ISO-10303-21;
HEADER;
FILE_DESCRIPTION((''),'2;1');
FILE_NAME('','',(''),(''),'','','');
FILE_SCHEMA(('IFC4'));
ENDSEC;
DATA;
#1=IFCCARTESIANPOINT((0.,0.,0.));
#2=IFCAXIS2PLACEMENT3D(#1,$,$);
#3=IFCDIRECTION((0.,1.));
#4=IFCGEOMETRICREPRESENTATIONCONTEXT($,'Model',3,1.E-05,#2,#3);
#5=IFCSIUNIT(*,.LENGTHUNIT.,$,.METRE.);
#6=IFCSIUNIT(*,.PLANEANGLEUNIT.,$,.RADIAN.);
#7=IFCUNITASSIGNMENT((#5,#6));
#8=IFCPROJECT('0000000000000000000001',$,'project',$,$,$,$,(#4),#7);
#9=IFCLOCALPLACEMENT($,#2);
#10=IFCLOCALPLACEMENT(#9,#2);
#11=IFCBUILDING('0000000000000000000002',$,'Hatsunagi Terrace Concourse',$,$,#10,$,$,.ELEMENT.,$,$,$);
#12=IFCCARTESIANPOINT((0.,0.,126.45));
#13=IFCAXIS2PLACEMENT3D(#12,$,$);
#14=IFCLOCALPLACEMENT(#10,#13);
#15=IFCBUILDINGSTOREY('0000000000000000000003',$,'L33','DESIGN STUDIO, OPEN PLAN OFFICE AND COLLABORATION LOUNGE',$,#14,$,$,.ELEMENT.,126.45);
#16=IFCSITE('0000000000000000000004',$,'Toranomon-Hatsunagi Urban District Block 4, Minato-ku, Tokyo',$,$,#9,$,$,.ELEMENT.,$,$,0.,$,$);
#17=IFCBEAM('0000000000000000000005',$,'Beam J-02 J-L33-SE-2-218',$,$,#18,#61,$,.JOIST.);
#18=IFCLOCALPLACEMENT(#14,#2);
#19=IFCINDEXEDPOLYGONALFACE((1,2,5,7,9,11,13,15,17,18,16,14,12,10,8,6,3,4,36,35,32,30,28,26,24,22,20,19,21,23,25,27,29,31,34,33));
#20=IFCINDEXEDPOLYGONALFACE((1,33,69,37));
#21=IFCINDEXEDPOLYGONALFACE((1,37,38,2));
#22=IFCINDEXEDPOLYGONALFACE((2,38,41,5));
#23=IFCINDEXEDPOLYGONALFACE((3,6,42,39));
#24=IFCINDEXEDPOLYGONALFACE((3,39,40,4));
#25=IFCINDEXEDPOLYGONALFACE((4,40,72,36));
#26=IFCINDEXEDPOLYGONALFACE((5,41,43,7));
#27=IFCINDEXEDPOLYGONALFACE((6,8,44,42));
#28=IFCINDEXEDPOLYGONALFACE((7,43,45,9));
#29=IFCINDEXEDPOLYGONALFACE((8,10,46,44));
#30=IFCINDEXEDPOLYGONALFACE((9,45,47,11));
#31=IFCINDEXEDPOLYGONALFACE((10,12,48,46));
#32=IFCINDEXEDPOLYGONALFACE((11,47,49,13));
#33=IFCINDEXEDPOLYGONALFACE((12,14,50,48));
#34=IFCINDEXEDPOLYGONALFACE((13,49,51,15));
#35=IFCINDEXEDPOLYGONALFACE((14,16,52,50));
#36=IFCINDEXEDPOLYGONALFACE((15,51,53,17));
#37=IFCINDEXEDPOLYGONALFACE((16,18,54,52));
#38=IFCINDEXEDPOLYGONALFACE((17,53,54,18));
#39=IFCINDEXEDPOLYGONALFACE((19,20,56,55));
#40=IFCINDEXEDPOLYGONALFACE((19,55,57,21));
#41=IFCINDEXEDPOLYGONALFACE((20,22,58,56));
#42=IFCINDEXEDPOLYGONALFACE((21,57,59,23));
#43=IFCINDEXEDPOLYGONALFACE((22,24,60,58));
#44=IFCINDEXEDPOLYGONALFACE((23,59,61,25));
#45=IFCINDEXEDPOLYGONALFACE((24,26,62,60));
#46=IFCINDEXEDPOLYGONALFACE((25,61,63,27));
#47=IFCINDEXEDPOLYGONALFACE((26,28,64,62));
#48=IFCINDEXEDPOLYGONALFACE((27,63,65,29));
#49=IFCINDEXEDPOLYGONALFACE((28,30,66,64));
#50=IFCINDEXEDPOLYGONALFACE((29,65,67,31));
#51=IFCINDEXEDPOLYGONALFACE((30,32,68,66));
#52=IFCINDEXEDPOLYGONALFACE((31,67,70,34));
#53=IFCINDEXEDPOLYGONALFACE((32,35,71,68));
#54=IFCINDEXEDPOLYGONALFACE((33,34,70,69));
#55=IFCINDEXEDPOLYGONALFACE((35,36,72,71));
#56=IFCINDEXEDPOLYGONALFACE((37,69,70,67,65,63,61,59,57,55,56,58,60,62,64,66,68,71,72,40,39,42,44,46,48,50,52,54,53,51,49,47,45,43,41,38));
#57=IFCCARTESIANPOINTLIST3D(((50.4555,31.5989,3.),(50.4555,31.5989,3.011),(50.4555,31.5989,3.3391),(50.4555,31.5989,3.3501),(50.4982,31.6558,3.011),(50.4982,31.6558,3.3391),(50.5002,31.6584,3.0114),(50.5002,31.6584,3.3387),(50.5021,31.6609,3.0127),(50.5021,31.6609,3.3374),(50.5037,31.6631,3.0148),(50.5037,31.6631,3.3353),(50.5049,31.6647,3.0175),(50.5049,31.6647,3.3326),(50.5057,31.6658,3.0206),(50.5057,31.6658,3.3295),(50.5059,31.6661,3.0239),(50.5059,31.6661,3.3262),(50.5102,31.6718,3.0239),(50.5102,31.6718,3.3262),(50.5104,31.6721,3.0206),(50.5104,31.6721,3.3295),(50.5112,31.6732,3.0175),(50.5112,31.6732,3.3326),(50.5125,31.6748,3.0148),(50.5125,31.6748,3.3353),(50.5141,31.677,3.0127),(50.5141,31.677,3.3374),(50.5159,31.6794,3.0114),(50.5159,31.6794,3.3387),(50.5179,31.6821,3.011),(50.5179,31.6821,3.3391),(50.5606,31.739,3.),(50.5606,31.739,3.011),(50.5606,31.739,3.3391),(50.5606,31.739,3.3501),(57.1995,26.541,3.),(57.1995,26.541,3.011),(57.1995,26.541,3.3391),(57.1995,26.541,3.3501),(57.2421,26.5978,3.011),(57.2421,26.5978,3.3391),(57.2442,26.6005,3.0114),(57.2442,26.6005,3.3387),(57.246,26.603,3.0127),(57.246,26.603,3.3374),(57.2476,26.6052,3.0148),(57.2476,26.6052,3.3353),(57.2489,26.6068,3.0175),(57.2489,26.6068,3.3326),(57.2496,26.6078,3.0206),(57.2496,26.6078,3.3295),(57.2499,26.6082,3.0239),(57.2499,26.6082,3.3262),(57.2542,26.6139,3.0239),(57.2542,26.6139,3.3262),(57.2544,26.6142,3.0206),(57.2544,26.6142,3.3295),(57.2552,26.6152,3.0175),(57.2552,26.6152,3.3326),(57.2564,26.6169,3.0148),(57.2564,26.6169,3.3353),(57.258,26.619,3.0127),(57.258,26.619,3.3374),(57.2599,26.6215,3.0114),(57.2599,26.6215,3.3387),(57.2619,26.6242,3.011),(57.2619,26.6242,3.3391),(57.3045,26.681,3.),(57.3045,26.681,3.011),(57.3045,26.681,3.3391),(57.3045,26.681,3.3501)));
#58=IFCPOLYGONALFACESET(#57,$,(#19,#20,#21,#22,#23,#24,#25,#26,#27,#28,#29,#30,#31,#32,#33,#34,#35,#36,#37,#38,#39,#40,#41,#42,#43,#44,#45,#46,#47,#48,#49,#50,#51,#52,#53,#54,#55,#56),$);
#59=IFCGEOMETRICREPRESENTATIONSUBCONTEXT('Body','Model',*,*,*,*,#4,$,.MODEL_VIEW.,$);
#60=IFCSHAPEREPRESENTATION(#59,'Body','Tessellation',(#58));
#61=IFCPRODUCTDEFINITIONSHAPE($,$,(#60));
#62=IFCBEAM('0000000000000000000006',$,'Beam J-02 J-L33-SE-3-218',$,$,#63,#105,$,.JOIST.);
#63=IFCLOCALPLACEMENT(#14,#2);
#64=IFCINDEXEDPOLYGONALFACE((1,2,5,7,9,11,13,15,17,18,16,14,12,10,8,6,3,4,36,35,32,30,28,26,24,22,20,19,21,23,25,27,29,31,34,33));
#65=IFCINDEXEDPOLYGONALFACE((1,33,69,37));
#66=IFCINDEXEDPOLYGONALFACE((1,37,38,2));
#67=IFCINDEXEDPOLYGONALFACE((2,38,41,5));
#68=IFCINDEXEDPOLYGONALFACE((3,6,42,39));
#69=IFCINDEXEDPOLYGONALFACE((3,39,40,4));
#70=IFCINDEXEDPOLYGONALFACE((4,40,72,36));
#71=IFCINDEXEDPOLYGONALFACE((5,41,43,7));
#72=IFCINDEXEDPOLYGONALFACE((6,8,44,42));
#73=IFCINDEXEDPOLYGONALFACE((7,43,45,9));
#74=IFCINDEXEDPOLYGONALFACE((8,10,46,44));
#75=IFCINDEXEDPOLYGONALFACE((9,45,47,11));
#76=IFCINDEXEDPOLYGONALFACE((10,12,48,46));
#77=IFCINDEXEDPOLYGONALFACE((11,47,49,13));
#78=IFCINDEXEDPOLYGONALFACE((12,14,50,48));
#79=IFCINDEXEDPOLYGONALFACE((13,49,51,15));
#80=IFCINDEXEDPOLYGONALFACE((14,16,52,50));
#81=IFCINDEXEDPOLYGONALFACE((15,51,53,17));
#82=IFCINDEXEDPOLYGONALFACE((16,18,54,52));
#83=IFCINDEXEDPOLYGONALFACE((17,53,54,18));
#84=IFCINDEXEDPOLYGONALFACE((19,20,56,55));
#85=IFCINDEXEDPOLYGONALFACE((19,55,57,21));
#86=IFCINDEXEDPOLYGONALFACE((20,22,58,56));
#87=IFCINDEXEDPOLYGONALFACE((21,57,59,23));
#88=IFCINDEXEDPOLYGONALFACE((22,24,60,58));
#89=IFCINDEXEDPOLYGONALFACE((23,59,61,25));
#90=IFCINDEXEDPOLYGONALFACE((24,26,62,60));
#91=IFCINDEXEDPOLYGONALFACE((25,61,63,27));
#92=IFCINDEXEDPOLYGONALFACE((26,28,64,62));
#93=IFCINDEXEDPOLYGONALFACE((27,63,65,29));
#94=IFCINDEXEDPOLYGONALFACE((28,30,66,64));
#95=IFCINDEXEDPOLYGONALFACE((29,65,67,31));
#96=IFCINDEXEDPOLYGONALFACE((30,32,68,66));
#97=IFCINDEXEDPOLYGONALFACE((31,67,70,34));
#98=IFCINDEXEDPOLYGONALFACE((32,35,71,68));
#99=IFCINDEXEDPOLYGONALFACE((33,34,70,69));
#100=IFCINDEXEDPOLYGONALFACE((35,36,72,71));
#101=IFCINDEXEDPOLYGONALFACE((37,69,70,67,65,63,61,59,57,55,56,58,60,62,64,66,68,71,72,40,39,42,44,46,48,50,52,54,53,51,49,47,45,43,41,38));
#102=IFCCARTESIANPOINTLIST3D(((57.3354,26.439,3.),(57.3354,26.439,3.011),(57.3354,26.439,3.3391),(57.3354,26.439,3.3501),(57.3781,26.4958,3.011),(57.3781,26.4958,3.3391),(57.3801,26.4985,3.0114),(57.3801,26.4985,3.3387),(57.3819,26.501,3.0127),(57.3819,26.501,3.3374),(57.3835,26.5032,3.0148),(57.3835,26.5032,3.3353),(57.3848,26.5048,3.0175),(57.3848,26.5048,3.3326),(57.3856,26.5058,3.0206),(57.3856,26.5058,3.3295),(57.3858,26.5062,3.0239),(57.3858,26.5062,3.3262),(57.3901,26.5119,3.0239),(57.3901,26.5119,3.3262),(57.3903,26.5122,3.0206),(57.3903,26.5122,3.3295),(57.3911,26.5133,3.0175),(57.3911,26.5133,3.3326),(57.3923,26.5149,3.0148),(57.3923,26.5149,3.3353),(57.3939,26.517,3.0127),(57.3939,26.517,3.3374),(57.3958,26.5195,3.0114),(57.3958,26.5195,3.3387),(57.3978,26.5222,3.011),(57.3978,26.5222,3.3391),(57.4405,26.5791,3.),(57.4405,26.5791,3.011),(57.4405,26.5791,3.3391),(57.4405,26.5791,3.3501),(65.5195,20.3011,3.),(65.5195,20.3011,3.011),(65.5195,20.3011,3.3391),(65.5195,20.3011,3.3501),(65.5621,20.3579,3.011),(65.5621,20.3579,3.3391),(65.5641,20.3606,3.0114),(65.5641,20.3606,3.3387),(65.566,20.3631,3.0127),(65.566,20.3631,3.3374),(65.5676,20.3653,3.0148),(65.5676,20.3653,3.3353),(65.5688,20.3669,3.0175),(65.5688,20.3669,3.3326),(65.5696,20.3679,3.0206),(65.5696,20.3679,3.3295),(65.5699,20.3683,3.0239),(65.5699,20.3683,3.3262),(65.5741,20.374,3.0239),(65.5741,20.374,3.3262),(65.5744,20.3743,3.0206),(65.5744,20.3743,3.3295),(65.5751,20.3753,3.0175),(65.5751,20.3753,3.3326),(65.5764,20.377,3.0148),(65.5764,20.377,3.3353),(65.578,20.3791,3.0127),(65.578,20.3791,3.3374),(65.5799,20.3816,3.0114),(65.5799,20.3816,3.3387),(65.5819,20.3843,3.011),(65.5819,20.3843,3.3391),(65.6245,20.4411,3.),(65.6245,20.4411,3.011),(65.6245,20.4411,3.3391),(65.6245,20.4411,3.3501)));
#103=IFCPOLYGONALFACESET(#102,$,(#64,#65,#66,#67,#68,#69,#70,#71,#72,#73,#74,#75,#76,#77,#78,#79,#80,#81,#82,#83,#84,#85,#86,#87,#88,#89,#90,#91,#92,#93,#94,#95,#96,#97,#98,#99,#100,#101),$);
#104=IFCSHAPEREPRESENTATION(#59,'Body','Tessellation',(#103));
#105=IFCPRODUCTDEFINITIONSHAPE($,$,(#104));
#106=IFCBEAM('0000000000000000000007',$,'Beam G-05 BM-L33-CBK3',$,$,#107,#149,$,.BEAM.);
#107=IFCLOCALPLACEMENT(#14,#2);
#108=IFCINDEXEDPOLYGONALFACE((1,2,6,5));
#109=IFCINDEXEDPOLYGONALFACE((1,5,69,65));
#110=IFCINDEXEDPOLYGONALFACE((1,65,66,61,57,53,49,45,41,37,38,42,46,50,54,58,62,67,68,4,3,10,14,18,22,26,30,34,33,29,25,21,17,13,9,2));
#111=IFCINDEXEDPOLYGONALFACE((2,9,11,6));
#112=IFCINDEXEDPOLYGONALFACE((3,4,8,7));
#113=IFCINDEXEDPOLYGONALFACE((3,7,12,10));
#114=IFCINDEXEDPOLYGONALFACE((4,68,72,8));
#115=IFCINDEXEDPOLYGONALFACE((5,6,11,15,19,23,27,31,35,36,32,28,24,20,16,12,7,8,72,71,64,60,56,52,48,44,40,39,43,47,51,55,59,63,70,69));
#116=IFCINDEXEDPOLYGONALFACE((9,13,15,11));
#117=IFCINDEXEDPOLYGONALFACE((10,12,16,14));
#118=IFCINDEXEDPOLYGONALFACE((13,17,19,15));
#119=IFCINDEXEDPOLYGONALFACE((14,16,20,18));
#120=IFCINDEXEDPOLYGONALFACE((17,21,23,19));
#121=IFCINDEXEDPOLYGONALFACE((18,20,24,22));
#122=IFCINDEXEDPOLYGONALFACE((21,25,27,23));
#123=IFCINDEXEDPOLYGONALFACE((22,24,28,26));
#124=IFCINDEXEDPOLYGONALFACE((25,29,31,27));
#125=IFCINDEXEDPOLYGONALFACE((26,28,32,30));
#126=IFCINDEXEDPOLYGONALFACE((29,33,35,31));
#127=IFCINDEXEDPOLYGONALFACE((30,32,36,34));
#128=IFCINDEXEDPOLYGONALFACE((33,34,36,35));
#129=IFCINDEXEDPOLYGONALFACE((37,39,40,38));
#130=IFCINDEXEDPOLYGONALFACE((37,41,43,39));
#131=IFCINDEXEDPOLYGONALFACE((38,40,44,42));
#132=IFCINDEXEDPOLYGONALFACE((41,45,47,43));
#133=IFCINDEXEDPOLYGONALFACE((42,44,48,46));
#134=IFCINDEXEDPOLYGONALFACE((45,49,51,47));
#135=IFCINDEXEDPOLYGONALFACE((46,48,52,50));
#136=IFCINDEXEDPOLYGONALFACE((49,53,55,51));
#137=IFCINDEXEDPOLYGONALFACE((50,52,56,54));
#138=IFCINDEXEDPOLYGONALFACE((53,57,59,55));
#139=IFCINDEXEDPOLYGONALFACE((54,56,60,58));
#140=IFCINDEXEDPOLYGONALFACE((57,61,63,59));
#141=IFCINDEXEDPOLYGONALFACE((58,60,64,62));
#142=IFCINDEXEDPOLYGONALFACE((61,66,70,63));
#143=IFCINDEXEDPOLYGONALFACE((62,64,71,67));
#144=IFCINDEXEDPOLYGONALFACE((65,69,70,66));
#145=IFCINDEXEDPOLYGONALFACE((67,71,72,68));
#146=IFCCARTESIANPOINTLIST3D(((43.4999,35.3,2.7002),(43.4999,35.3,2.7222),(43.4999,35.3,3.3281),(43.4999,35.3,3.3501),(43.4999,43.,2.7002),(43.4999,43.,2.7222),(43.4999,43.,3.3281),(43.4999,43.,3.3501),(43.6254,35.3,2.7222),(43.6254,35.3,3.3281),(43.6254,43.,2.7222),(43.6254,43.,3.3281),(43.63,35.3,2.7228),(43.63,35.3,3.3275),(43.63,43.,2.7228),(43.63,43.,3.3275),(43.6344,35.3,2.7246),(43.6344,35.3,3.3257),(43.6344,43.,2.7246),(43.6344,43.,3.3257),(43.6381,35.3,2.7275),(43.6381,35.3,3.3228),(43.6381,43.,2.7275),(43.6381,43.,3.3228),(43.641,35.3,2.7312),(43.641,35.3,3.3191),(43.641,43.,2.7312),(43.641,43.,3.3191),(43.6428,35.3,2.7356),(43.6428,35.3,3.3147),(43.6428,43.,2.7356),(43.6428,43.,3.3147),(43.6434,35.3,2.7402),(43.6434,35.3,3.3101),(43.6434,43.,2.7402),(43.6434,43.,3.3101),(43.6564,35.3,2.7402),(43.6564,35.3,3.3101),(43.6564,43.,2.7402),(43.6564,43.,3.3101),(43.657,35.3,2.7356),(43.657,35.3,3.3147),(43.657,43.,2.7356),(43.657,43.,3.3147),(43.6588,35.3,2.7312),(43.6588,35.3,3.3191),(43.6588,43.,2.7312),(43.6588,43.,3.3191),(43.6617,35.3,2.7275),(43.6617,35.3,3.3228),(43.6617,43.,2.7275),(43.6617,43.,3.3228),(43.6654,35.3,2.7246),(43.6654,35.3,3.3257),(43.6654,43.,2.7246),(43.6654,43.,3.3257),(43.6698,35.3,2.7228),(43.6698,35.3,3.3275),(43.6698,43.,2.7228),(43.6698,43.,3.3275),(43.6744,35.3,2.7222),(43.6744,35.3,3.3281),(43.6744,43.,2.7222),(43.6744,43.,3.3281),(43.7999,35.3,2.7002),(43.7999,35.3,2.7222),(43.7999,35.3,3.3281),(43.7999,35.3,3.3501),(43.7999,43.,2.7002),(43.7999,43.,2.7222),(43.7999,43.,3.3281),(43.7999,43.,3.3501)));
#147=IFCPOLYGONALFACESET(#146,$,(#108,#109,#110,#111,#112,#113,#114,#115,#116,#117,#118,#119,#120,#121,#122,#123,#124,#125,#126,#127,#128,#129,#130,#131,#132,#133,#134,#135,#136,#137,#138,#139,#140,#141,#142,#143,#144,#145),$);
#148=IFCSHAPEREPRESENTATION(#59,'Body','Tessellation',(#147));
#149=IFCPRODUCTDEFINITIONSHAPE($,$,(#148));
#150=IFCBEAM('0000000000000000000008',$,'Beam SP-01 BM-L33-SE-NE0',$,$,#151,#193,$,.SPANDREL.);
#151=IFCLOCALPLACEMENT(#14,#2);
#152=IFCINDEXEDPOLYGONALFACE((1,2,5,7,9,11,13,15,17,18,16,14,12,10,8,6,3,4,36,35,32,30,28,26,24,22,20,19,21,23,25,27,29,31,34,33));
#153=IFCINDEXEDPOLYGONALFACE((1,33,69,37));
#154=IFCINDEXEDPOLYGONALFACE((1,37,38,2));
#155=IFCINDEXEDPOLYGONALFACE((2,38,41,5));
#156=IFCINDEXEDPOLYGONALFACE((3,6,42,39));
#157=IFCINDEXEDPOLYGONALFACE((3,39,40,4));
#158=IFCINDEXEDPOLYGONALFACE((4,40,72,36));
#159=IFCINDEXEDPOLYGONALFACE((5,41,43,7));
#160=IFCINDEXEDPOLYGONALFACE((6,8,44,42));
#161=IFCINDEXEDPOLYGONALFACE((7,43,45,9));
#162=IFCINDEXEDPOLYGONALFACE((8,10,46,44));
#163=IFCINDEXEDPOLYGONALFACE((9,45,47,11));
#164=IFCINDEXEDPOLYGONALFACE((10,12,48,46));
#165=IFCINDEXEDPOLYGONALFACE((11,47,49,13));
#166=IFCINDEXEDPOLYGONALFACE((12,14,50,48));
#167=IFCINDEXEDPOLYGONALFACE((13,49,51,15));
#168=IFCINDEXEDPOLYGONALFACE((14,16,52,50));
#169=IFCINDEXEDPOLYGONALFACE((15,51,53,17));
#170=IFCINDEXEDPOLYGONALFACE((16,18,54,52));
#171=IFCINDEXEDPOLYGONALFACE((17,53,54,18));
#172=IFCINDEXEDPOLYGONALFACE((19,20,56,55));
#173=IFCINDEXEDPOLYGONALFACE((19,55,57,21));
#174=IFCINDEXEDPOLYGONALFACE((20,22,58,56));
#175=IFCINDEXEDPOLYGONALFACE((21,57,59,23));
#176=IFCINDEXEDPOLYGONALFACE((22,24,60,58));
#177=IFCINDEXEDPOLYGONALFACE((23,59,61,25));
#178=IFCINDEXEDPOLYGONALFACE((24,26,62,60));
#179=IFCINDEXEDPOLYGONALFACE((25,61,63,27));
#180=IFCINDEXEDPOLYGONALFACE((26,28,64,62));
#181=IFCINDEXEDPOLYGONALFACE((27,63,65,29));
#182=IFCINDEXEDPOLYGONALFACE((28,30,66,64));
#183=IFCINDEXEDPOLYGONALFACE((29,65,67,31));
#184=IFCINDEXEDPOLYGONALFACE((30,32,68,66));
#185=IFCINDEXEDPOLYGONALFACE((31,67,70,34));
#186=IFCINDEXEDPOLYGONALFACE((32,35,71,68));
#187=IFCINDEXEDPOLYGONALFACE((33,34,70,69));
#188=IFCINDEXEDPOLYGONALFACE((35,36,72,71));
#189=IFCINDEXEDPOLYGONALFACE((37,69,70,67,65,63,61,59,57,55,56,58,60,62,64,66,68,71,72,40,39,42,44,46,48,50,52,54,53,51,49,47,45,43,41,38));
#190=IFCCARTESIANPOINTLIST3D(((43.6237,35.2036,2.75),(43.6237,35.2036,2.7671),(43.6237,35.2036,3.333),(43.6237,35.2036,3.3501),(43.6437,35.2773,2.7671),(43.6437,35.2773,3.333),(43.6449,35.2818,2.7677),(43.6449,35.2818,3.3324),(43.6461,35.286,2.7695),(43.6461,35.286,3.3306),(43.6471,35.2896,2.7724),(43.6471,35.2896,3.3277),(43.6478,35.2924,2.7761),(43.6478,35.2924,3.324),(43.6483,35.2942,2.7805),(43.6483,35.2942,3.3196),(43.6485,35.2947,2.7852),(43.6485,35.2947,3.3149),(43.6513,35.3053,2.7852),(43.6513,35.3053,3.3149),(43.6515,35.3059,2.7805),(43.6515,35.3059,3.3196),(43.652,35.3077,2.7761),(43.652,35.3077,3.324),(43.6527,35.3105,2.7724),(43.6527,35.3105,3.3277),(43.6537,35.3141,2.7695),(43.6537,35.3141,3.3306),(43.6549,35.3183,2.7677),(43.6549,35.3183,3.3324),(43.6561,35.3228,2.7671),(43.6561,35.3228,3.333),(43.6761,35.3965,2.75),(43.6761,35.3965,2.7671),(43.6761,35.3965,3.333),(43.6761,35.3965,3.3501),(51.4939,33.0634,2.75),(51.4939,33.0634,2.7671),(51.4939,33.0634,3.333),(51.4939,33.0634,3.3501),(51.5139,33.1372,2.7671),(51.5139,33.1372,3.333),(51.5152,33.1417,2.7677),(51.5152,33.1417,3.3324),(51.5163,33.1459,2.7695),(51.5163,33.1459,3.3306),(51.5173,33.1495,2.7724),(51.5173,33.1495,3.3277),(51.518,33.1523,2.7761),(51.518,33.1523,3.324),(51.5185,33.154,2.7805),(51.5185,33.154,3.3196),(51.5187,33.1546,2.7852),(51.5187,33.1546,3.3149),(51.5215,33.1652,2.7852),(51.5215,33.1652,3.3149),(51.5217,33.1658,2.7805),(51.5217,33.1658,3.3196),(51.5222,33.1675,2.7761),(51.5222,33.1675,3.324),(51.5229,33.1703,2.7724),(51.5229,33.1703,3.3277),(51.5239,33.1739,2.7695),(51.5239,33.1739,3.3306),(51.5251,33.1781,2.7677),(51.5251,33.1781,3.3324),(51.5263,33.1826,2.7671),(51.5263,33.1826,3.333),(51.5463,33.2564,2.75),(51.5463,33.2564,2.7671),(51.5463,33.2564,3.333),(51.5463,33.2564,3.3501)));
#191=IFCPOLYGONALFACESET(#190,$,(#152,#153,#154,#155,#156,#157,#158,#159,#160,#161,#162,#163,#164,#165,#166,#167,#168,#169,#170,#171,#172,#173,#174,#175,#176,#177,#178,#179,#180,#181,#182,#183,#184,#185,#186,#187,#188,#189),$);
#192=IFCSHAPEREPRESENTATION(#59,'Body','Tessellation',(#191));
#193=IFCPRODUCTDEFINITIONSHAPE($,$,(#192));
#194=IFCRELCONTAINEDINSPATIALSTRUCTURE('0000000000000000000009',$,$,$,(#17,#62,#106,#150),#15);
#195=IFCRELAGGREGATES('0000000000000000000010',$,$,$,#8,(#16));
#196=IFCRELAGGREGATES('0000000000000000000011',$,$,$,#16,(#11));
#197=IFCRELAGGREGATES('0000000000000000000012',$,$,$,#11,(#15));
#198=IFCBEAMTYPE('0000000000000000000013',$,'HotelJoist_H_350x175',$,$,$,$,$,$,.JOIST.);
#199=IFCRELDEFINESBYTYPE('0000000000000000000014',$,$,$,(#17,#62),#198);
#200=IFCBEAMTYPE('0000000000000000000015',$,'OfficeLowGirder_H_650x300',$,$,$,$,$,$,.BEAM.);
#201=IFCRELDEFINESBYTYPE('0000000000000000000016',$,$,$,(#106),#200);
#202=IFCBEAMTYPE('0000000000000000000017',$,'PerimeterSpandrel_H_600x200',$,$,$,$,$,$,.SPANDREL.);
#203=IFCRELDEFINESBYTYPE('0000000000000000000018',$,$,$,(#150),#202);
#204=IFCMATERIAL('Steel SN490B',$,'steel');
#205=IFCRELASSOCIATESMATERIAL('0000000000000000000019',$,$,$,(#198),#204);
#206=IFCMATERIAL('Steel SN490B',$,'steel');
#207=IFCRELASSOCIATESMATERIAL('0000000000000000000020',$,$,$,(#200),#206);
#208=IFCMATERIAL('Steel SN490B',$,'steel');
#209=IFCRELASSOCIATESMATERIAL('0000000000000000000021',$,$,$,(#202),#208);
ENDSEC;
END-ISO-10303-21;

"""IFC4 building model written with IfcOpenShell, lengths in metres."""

from ifc_helpers import new_model, si_unit, direction, frame, origin, origin_2d, place, context, subcontext, project, spatial, i_section, extrude, material, material_profile, profile_set, type_object, element, save


model = new_model("IFC4")

# Units and contexts
model_context = context("Model", 3, precision=1e-05, world=origin(), true_north=direction((0.0, 1.0)))
body_context = subcontext(model_context, "Body", "Model", "MODEL_VIEW")
ifc_project = project(units=[si_unit("LENGTHUNIT", "METRE"), si_unit("PLANEANGLEUNIT", "RADIAN")], contexts=[model_context])

# Site, building, storey
site_placement = place(None, origin())
site = spatial("IfcSite", under=ifc_project, at=site_placement, Name="Toranomon-Hatsunagi Urban District Block 4, Minato-ku, Tokyo", CompositionType="ELEMENT", RefElevation=0.0)
building_placement = place(site_placement, origin())
building = spatial("IfcBuilding", under=site, at=building_placement, Name="Hatsunagi Terrace Concourse", CompositionType="ELEMENT")
storey_placement = place(building_placement, frame((0.0, 0.0, 126.45)))
storey = spatial("IfcBuildingStorey", under=building, at=storey_placement, Name="L33", Description="DESIGN STUDIO, OPEN PLAN OFFICE AND COLLABORATION LOUNGE", CompositionType="ELEMENT", Elevation=126.45)

# Beams
ifc_material_1 = material(Name="Steel SN490B", Category="steel")
ifc_material_profile_1 = material_profile(ifc_material_1, i_section(OverallWidth=0.175, OverallDepth=0.3501, WebThickness=0.0071, FlangeThickness=0.011, FilletRadius=0.0129, at=origin_2d()), Name="H-350x175x7x11")
ifc_profile_set_1 = profile_set([ifc_material_profile_1], Name="Steel SN490B")
beam_type_1 = type_object("IfcBeamType", Name="HotelJoist_H_350x175", PredefinedType="JOIST", material=ifc_profile_set_1)
for number, where, z_axis, x_axis, name in (
    (1, (50.5081, 31.6689, 3.175), (0.800003, -0.599995, 0.0), (0.599995, 0.800003, 0.0), "Beam J-02 J-L33-SE-2-218"),
):
    element("IfcBeam", number, at=place(storey_placement, frame(where, z_axis=z_axis, x_axis=x_axis)), inside=storey, type_object=beam_type_1, Name=name, PredefinedType="JOIST", context=body_context, shape_type="SweptSolid", body=[
        extrude(i_section(OverallWidth=0.175, OverallDepth=0.3501, WebThickness=0.0071, FlangeThickness=0.011, FilletRadius=0.0129, at=origin_2d()), origin(), (0.0, 0.0, 1.0), 8.4299),
    ])
beam_1_placement = place(storey_placement, frame((57.3879, 26.509, 3.175), z_axis=(0.800006, -0.599992, 0.0), x_axis=(0.599992, 0.800006, 0.0)))
element("IfcBeam", 2, at=beam_1_placement, inside=storey, type_object=beam_type_1, Name="Beam J-02 J-L33-SE-3-218", PredefinedType="JOIST", context=body_context, shape_type="SweptSolid", body=[
    extrude(i_section(OverallWidth=0.175, OverallDepth=0.3501, WebThickness=0.0071, FlangeThickness=0.011, FilletRadius=0.0129, at=origin_2d()), origin(), (0.0, 0.0, 1.0), 10.23),
])
ifc_material_2 = material(Name="Steel SN490B", Category="steel")
ifc_material_profile_2 = material_profile(ifc_material_2, i_section(OverallWidth=0.3, OverallDepth=0.6499, WebThickness=0.0129, FlangeThickness=0.022, FilletRadius=0.0181, at=origin_2d()), Name="H-650x300x13x22")
ifc_profile_set_2 = profile_set([ifc_material_profile_2], Name="Steel SN490B")
beam_type_2 = type_object("IfcBeamType", Name="OfficeLowGirder_H_650x300", PredefinedType="BEAM", material=ifc_profile_set_2)
beam_2_placement = place(storey_placement, frame((43.6499, 35.3, 3.0251), z_axis=(0.0, 1.0, 0.0), x_axis=(-1.0, 0.0, 0.0)))
element("IfcBeam", 3, at=beam_2_placement, inside=storey, type_object=beam_type_2, Name="Beam G-05 BM-L33-CBK3", PredefinedType="BEAM", context=body_context, shape_type="SweptSolid", body=[
    extrude(i_section(OverallWidth=0.3, OverallDepth=0.6499, WebThickness=0.0129, FlangeThickness=0.022, FilletRadius=0.0181, at=origin_2d()), origin(), (0.0, 0.0, 1.0), 7.7),
])
ifc_material_3 = material(Name="Steel SN490B", Category="steel")
ifc_material_profile_3 = material_profile(ifc_material_3, i_section(OverallWidth=0.2, OverallDepth=0.6001, WebThickness=0.011, FlangeThickness=0.0171, FilletRadius=0.0181, at=origin_2d()), Name="H-600x200x11x17")
ifc_profile_set_3 = profile_set([ifc_material_profile_3], Name="Steel SN490B")
beam_type_3 = type_object("IfcBeamType", Name="PerimeterSpandrel_H_600x200", PredefinedType="SPANDREL", material=ifc_profile_set_3)
beam_3_placement = place(storey_placement, frame((43.6499, 35.3, 3.05), z_axis=(0.964958, -0.262403, 0.0), x_axis=(0.262403, 0.964958, 0.0)))
element("IfcBeam", 4, at=beam_3_placement, inside=storey, type_object=beam_type_3, Name="Beam SP-01 BM-L33-SE-NE0", PredefinedType="SPANDREL", context=body_context, shape_type="SweptSolid", body=[
    extrude(i_section(OverallWidth=0.2, OverallDepth=0.6001, WebThickness=0.011, FlangeThickness=0.0171, FilletRadius=0.0181, at=origin_2d()), origin(), (0.0, 0.0, 1.0), 8.156),
])

save(model, "model.ifc")
